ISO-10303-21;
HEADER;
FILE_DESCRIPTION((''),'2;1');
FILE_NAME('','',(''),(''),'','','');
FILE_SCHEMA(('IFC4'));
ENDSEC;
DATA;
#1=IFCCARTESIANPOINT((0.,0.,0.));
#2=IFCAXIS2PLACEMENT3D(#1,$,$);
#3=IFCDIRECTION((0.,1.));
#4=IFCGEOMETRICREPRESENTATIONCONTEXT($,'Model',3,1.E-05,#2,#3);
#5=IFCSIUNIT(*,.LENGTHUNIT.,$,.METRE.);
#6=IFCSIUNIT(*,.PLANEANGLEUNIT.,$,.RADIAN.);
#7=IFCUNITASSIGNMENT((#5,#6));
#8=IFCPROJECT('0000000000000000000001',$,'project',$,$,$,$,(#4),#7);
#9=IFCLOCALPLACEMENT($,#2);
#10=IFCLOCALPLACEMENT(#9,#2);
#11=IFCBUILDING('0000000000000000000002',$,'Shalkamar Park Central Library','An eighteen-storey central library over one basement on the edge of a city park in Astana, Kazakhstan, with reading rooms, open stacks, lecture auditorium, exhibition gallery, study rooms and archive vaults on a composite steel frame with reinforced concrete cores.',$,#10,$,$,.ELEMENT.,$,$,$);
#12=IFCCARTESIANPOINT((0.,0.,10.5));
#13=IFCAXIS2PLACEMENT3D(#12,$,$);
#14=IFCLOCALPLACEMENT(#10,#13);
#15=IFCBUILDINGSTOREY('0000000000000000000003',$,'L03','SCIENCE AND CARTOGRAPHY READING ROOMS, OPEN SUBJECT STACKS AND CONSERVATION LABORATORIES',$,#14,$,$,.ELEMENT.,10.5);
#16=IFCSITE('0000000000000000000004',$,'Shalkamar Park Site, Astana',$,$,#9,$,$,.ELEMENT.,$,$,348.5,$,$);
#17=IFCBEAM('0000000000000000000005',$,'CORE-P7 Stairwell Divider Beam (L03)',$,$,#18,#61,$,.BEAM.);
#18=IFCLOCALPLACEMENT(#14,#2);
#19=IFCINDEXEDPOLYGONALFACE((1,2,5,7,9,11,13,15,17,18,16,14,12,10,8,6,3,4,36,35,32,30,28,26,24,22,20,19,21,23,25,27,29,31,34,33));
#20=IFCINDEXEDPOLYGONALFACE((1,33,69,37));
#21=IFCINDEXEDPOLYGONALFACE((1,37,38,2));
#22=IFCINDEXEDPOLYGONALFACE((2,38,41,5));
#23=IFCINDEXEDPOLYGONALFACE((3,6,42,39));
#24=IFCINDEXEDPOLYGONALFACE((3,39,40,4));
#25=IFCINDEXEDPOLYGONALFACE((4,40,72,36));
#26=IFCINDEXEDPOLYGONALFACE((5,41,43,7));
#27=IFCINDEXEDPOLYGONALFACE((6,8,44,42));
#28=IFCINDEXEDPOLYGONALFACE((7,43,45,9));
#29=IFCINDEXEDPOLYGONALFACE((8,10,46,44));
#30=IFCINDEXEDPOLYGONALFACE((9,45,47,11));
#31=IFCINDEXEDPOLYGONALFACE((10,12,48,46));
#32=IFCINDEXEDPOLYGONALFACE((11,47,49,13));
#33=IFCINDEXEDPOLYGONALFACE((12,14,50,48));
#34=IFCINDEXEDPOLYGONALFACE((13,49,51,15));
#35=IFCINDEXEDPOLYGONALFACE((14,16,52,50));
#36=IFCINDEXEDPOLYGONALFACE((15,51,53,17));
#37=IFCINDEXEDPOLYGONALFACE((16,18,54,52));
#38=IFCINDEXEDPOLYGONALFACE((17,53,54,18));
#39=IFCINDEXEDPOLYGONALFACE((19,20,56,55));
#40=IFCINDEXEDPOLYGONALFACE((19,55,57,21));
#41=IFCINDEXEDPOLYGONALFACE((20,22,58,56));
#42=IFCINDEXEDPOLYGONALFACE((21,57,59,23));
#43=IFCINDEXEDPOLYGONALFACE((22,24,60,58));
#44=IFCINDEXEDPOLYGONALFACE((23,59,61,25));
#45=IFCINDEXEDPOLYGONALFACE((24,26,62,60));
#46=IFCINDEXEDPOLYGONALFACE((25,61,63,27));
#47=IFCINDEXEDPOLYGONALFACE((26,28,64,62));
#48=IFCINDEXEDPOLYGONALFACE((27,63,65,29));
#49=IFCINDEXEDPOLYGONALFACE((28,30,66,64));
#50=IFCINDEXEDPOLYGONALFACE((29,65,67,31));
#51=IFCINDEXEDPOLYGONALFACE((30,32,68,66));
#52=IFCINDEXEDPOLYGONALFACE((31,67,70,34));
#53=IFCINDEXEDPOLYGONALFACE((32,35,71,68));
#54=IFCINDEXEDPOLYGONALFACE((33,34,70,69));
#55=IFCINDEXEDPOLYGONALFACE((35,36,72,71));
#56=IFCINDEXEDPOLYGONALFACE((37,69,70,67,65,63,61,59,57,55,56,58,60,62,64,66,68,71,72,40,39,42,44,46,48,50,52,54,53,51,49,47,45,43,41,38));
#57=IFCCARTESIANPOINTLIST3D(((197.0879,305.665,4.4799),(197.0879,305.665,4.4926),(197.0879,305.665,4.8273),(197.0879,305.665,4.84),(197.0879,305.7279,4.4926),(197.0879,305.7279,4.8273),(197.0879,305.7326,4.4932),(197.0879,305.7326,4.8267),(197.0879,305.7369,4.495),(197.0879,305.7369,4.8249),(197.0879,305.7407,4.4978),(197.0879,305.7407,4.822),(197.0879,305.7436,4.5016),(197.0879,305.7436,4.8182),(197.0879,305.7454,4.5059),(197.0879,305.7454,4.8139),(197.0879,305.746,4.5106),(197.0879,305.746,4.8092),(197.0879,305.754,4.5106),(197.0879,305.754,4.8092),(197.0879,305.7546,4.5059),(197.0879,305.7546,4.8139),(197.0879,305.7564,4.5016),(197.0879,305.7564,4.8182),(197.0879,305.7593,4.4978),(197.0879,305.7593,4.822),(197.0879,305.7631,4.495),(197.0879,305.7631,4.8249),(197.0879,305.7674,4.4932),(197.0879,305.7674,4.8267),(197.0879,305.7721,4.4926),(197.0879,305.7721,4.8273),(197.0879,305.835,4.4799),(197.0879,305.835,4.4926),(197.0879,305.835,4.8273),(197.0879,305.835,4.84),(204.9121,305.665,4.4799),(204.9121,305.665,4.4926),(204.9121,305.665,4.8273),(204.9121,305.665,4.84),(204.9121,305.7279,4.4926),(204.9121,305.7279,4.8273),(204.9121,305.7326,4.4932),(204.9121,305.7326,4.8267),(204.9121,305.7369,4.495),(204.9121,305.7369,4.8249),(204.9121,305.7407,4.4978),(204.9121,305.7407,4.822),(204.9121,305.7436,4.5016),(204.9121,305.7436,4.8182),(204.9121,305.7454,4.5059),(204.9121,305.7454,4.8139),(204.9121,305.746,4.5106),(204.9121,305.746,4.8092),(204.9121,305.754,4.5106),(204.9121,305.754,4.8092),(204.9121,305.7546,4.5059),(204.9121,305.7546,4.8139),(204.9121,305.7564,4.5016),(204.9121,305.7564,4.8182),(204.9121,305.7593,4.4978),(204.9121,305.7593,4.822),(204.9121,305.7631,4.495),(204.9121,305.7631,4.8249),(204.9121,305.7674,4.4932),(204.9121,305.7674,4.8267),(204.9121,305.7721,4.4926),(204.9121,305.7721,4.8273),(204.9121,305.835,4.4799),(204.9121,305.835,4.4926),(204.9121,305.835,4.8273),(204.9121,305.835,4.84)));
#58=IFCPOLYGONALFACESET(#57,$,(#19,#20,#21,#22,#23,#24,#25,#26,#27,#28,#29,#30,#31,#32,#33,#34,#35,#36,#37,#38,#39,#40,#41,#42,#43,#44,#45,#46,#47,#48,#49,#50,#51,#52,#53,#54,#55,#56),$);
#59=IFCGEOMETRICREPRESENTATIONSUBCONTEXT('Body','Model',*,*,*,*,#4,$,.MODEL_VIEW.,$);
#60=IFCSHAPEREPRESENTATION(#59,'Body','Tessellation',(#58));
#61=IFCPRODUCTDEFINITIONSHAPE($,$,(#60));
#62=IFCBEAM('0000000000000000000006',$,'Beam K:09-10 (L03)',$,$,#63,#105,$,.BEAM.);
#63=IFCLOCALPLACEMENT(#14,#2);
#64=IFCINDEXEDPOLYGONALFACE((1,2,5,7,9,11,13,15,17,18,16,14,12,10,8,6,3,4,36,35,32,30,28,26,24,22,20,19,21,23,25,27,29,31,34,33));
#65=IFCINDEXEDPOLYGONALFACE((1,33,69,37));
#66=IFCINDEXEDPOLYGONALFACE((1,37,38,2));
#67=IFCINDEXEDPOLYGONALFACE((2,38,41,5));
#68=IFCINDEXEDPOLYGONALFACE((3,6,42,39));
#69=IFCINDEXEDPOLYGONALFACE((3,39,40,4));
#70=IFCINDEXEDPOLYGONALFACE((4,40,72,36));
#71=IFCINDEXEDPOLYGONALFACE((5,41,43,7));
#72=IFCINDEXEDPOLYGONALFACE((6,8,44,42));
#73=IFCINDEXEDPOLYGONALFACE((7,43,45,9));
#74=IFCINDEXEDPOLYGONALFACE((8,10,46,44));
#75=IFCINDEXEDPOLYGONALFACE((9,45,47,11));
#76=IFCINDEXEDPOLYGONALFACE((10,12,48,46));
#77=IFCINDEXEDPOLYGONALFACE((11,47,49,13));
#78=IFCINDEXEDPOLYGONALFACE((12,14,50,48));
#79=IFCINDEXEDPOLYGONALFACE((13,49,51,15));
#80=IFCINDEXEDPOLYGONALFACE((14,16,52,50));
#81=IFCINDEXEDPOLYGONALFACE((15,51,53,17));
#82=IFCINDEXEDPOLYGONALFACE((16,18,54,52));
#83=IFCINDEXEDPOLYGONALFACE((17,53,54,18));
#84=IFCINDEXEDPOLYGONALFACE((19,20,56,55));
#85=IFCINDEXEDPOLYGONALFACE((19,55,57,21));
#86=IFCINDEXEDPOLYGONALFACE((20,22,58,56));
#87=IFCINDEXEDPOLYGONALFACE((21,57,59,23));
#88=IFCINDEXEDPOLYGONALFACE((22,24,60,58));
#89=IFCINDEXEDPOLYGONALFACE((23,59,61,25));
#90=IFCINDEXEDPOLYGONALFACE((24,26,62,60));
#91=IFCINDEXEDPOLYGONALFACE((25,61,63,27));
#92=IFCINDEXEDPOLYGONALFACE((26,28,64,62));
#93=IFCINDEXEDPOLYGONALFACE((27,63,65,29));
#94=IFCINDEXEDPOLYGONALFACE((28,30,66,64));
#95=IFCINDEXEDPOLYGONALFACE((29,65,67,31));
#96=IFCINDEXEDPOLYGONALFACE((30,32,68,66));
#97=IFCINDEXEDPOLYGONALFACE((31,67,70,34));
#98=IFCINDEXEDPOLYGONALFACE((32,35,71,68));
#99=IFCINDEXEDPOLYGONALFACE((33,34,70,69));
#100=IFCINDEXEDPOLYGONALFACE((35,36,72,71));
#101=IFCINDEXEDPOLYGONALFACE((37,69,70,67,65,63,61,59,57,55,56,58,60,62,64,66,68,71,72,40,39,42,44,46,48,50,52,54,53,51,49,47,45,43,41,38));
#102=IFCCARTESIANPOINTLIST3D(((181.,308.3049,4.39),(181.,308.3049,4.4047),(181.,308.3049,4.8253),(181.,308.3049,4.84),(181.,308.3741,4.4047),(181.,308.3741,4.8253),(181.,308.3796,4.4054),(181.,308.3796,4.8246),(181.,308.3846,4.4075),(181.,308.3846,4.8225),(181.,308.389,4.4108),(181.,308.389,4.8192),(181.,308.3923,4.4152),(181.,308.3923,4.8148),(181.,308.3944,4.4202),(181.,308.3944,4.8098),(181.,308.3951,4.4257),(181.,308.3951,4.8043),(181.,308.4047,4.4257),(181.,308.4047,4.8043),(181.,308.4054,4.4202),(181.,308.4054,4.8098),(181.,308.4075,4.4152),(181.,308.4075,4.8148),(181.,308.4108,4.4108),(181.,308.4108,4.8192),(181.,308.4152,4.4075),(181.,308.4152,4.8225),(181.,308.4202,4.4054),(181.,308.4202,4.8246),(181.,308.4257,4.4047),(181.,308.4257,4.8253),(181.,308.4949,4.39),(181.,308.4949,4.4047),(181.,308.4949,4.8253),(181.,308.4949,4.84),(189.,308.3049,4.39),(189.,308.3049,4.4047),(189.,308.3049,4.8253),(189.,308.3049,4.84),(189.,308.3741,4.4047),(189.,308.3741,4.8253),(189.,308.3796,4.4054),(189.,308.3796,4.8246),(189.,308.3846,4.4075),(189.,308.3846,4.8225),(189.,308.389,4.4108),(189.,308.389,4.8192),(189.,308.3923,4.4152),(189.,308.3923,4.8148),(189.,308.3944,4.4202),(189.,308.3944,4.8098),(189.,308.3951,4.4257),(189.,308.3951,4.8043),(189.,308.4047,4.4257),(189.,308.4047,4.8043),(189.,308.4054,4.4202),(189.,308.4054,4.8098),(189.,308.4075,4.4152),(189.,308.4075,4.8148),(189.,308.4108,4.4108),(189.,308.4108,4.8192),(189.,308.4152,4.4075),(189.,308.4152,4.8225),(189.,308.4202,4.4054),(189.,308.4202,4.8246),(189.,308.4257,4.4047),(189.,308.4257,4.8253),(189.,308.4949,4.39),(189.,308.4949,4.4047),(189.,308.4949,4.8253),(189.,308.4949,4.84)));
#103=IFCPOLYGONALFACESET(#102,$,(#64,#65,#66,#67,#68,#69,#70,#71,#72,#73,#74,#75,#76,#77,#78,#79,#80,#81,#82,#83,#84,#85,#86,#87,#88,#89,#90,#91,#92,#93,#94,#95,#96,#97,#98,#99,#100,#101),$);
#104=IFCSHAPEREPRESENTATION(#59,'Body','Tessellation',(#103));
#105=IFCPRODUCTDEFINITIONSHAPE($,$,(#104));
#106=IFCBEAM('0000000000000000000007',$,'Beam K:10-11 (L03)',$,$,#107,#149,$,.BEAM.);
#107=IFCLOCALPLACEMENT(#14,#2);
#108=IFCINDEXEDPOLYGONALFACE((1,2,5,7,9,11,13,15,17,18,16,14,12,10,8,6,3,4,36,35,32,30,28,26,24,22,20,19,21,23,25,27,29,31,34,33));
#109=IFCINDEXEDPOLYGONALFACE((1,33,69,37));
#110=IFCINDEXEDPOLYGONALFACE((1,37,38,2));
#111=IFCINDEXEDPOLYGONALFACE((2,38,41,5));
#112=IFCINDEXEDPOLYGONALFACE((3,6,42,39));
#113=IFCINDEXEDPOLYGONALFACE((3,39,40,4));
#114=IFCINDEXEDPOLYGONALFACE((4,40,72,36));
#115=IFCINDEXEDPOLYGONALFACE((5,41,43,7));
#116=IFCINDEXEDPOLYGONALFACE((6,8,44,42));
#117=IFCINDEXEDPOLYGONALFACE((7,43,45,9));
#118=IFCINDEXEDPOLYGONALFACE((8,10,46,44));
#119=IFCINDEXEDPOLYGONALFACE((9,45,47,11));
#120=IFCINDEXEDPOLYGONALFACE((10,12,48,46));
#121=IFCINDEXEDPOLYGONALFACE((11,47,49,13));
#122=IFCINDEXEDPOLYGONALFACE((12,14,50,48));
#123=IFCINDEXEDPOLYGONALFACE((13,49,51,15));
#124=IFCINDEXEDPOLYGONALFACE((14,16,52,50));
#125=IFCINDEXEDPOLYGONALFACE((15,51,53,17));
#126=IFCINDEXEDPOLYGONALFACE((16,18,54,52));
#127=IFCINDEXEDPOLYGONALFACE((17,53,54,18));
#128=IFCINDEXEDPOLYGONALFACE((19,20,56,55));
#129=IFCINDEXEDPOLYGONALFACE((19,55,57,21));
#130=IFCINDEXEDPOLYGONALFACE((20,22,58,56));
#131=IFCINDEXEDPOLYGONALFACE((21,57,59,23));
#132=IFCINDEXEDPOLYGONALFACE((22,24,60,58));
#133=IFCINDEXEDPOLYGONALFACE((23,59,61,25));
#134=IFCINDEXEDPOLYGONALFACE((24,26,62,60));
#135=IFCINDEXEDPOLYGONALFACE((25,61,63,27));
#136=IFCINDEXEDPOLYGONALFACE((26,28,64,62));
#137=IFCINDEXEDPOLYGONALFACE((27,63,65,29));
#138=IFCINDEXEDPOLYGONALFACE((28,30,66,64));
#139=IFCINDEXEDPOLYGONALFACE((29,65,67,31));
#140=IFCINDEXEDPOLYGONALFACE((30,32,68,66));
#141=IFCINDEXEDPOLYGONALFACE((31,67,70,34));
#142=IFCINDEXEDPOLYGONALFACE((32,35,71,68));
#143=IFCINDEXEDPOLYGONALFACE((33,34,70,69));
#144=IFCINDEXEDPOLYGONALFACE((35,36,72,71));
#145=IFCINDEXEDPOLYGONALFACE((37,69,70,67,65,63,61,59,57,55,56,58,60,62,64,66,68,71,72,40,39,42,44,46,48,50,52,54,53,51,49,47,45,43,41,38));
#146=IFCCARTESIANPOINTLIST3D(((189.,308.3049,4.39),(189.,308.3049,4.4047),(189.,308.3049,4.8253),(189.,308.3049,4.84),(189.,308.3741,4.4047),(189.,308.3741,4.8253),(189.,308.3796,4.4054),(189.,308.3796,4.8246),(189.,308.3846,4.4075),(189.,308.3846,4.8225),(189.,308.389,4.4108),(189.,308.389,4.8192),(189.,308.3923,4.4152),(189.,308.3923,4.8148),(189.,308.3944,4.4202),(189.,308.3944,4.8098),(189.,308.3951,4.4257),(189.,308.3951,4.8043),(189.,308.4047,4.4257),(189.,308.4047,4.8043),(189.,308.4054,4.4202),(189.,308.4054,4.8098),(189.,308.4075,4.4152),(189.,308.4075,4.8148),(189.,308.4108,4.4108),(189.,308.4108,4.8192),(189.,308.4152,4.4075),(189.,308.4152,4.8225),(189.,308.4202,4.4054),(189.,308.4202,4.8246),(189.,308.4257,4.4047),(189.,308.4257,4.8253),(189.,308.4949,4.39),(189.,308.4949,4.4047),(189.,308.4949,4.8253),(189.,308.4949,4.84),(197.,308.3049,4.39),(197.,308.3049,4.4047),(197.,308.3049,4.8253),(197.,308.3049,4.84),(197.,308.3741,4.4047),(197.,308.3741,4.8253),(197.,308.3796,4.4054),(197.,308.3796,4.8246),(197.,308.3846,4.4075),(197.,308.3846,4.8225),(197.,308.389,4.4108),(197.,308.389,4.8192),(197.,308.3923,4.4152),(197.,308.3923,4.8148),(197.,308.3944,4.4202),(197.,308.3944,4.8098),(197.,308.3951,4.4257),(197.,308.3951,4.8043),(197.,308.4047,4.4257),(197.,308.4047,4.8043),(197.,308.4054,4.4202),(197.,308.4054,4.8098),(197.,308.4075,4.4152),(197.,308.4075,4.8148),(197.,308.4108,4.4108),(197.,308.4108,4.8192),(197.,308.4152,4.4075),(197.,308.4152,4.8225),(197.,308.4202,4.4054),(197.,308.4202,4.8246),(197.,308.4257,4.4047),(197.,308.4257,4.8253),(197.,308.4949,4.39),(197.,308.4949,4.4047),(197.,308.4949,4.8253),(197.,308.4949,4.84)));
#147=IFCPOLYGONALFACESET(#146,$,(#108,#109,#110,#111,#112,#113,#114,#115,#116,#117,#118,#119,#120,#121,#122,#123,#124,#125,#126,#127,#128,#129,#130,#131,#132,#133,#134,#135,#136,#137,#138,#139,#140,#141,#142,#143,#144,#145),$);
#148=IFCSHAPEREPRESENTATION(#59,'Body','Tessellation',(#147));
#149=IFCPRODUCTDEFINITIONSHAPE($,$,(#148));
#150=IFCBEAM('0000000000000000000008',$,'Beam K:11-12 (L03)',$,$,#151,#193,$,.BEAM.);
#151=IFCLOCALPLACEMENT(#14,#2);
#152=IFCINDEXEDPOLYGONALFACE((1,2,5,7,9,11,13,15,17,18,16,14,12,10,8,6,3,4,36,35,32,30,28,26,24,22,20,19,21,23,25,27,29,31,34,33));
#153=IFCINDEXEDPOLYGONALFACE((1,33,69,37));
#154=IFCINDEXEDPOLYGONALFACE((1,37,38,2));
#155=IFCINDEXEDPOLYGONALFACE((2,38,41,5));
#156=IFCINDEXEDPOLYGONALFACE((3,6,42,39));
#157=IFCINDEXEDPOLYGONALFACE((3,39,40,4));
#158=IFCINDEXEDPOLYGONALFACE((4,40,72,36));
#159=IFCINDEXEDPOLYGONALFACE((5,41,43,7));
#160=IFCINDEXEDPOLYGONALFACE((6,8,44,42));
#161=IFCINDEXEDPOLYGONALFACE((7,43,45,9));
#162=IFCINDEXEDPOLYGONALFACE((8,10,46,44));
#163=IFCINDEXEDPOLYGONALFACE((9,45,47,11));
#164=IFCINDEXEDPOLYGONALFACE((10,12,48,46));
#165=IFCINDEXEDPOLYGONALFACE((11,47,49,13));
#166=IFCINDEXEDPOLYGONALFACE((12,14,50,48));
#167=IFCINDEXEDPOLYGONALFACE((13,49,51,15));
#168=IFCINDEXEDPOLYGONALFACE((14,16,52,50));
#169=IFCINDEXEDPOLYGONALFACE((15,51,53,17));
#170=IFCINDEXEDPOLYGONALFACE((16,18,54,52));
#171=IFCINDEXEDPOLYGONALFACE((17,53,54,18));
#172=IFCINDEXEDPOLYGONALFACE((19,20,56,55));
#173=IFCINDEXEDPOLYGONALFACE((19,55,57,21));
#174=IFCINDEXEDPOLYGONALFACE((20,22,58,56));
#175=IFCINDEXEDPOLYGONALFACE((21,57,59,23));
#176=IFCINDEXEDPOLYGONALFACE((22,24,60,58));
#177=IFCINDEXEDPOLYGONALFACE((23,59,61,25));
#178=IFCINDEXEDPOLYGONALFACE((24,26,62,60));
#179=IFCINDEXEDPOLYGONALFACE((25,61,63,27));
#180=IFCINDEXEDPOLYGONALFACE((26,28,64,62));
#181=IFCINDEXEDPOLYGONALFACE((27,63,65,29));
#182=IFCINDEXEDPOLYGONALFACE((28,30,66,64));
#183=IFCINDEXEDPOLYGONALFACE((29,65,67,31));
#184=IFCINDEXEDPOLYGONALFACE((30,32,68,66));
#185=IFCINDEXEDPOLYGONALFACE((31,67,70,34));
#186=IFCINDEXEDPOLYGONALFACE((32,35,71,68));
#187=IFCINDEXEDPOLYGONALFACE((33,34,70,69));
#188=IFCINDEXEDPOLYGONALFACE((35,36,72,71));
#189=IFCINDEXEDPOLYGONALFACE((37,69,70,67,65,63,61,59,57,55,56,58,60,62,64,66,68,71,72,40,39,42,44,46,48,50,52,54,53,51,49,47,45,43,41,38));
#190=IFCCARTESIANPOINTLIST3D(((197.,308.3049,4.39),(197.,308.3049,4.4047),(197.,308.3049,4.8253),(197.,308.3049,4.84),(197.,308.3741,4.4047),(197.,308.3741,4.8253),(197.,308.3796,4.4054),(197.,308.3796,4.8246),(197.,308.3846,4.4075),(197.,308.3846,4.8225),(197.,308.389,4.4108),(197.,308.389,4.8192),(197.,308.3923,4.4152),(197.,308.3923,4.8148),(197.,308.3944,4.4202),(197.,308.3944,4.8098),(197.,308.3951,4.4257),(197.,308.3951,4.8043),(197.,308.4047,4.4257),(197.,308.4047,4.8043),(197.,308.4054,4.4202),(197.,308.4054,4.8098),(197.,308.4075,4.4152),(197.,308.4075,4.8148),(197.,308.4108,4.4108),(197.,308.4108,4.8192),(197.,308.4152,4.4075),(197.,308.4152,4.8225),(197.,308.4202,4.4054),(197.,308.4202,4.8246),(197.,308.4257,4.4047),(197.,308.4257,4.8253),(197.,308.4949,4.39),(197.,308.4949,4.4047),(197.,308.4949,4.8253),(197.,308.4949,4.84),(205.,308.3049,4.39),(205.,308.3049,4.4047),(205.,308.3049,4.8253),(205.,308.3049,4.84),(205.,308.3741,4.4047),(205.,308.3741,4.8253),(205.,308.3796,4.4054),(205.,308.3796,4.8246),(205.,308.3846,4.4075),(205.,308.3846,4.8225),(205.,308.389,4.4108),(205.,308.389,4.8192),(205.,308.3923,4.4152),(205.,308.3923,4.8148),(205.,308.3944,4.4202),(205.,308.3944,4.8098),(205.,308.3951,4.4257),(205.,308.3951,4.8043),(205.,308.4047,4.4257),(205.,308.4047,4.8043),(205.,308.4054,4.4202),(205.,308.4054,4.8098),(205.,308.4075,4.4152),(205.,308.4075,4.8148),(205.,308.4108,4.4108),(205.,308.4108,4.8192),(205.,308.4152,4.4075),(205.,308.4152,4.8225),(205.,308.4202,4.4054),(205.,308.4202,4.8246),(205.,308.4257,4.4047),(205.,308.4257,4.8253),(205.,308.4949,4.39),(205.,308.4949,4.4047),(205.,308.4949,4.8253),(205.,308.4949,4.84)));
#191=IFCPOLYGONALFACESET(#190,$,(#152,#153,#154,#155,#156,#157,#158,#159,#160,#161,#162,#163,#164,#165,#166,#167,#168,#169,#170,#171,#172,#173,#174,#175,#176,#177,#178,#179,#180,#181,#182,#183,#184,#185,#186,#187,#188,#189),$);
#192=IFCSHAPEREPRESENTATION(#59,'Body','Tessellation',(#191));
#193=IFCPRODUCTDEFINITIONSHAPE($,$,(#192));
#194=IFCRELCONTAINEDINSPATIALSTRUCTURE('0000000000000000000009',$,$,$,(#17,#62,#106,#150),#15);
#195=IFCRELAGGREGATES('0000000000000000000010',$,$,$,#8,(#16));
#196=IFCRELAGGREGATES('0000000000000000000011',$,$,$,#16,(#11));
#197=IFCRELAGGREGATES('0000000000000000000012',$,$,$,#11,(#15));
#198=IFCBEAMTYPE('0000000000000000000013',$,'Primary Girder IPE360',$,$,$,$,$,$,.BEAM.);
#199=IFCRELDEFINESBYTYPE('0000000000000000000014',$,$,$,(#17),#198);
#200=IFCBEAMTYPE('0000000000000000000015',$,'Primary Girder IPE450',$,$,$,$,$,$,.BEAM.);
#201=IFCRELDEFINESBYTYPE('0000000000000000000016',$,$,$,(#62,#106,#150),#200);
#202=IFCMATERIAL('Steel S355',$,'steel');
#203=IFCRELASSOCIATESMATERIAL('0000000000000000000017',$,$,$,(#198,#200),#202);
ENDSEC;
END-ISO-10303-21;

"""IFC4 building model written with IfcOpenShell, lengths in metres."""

from ifc_helpers import new_model, si_unit, direction, frame, origin, origin_2d, place, context, subcontext, project, spatial, i_section, extrude, material, material_profile, profile_set, type_object, element, save


model = new_model("IFC4")

# Units and contexts
model_context = context("Model", 3, precision=1e-05, world=origin(), true_north=direction((0.0, 1.0)))
body_context = subcontext(model_context, "Body", "Model", "MODEL_VIEW")
ifc_project = project(units=[si_unit("LENGTHUNIT", "METRE"), si_unit("PLANEANGLEUNIT", "RADIAN")], contexts=[model_context])

# Site, building, storey
site_placement = place(None, origin())
site = spatial("IfcSite", under=ifc_project, at=site_placement, Name="Shalkamar Park Site, Astana", CompositionType="ELEMENT", RefElevation=348.5)
building_placement = place(site_placement, origin())
building = spatial("IfcBuilding", under=site, at=building_placement, Name="Shalkamar Park Central Library", Description="An eighteen-storey central library over one basement on the edge of a city park in Astana, Kazakhstan, with reading rooms, open stacks, lecture auditorium, exhibition gallery, study rooms and archive vaults on a composite steel frame with reinforced concrete cores.", CompositionType="ELEMENT")
storey_placement = place(building_placement, frame((0.0, 0.0, 10.5)))
storey = spatial("IfcBuildingStorey", under=building, at=storey_placement, Name="L03", Description="SCIENCE AND CARTOGRAPHY READING ROOMS, OPEN SUBJECT STACKS AND CONSERVATION LABORATORIES", CompositionType="ELEMENT", Elevation=10.5)

# Shared definitions
ifc_material_1 = material(Name="Steel S355", Category="steel")

# Beams
ifc_material_profile_1 = material_profile(ifc_material_1, i_section(OverallWidth=0.1699, OverallDepth=0.3601, WebThickness=0.0081, FlangeThickness=0.0127, FilletRadius=0.0181, at=origin_2d()), Name="IPE 360")
ifc_profile_set_1 = profile_set([ifc_material_profile_1], Name="Steel S355")
beam_type_1 = type_object("IfcBeamType", Name="Primary Girder IPE360", PredefinedType="BEAM", material=ifc_profile_set_1)
beam_1_placement = place(storey_placement, frame((197.0879, 305.75, 4.6599), z_axis=(1.0, 0.0, 0.0), x_axis=(0.0, 1.0, 0.0)))
element("IfcBeam", 1, at=beam_1_placement, inside=storey, type_object=beam_type_1, Name="CORE-P7 Stairwell Divider Beam (L03)", PredefinedType="BEAM", context=body_context, shape_type="SweptSolid", body=[
    extrude(i_section(OverallWidth=0.1699, OverallDepth=0.3601, WebThickness=0.0081, FlangeThickness=0.0127, FilletRadius=0.0181, at=origin_2d()), origin(), (0.0, 0.0, 1.0), 7.8242),
])
ifc_material_profile_2 = material_profile(ifc_material_1, i_section(OverallWidth=0.1899, OverallDepth=0.45, WebThickness=0.0095, FlangeThickness=0.0146, FilletRadius=0.021, at=origin_2d()), Name="IPE 450")
ifc_profile_set_2 = profile_set([ifc_material_profile_2], Name="Steel S355")
beam_type_2 = type_object("IfcBeamType", Name="Primary Girder IPE450", PredefinedType="BEAM", material=ifc_profile_set_2)
for number, where, z_axis, x_axis, name in (
    (2, (181.0, 308.3999, 4.615), (1.0, 0.0, 0.0), (0.0, 1.0, 0.0), "Beam K:09-10 (L03)"),
    (3, (189.0, 308.3999, 4.615), (1.0, 0.0, 0.0), (0.0, 1.0, 0.0), "Beam K:10-11 (L03)"),
    (4, (197.0, 308.3999, 4.615), (1.0, 0.0, 0.0), (0.0, 1.0, 0.0), "Beam K:11-12 (L03)"),
):
    element("IfcBeam", number, at=place(storey_placement, frame(where, z_axis=z_axis, x_axis=x_axis)), inside=storey, type_object=beam_type_2, Name=name, PredefinedType="BEAM", context=body_context, shape_type="SweptSolid", body=[
        extrude(i_section(OverallWidth=0.1899, OverallDepth=0.45, WebThickness=0.0095, FlangeThickness=0.0146, FilletRadius=0.021, at=origin_2d()), origin(), (0.0, 0.0, 1.0), 8.0),
    ])

save(model, "model.ifc")
